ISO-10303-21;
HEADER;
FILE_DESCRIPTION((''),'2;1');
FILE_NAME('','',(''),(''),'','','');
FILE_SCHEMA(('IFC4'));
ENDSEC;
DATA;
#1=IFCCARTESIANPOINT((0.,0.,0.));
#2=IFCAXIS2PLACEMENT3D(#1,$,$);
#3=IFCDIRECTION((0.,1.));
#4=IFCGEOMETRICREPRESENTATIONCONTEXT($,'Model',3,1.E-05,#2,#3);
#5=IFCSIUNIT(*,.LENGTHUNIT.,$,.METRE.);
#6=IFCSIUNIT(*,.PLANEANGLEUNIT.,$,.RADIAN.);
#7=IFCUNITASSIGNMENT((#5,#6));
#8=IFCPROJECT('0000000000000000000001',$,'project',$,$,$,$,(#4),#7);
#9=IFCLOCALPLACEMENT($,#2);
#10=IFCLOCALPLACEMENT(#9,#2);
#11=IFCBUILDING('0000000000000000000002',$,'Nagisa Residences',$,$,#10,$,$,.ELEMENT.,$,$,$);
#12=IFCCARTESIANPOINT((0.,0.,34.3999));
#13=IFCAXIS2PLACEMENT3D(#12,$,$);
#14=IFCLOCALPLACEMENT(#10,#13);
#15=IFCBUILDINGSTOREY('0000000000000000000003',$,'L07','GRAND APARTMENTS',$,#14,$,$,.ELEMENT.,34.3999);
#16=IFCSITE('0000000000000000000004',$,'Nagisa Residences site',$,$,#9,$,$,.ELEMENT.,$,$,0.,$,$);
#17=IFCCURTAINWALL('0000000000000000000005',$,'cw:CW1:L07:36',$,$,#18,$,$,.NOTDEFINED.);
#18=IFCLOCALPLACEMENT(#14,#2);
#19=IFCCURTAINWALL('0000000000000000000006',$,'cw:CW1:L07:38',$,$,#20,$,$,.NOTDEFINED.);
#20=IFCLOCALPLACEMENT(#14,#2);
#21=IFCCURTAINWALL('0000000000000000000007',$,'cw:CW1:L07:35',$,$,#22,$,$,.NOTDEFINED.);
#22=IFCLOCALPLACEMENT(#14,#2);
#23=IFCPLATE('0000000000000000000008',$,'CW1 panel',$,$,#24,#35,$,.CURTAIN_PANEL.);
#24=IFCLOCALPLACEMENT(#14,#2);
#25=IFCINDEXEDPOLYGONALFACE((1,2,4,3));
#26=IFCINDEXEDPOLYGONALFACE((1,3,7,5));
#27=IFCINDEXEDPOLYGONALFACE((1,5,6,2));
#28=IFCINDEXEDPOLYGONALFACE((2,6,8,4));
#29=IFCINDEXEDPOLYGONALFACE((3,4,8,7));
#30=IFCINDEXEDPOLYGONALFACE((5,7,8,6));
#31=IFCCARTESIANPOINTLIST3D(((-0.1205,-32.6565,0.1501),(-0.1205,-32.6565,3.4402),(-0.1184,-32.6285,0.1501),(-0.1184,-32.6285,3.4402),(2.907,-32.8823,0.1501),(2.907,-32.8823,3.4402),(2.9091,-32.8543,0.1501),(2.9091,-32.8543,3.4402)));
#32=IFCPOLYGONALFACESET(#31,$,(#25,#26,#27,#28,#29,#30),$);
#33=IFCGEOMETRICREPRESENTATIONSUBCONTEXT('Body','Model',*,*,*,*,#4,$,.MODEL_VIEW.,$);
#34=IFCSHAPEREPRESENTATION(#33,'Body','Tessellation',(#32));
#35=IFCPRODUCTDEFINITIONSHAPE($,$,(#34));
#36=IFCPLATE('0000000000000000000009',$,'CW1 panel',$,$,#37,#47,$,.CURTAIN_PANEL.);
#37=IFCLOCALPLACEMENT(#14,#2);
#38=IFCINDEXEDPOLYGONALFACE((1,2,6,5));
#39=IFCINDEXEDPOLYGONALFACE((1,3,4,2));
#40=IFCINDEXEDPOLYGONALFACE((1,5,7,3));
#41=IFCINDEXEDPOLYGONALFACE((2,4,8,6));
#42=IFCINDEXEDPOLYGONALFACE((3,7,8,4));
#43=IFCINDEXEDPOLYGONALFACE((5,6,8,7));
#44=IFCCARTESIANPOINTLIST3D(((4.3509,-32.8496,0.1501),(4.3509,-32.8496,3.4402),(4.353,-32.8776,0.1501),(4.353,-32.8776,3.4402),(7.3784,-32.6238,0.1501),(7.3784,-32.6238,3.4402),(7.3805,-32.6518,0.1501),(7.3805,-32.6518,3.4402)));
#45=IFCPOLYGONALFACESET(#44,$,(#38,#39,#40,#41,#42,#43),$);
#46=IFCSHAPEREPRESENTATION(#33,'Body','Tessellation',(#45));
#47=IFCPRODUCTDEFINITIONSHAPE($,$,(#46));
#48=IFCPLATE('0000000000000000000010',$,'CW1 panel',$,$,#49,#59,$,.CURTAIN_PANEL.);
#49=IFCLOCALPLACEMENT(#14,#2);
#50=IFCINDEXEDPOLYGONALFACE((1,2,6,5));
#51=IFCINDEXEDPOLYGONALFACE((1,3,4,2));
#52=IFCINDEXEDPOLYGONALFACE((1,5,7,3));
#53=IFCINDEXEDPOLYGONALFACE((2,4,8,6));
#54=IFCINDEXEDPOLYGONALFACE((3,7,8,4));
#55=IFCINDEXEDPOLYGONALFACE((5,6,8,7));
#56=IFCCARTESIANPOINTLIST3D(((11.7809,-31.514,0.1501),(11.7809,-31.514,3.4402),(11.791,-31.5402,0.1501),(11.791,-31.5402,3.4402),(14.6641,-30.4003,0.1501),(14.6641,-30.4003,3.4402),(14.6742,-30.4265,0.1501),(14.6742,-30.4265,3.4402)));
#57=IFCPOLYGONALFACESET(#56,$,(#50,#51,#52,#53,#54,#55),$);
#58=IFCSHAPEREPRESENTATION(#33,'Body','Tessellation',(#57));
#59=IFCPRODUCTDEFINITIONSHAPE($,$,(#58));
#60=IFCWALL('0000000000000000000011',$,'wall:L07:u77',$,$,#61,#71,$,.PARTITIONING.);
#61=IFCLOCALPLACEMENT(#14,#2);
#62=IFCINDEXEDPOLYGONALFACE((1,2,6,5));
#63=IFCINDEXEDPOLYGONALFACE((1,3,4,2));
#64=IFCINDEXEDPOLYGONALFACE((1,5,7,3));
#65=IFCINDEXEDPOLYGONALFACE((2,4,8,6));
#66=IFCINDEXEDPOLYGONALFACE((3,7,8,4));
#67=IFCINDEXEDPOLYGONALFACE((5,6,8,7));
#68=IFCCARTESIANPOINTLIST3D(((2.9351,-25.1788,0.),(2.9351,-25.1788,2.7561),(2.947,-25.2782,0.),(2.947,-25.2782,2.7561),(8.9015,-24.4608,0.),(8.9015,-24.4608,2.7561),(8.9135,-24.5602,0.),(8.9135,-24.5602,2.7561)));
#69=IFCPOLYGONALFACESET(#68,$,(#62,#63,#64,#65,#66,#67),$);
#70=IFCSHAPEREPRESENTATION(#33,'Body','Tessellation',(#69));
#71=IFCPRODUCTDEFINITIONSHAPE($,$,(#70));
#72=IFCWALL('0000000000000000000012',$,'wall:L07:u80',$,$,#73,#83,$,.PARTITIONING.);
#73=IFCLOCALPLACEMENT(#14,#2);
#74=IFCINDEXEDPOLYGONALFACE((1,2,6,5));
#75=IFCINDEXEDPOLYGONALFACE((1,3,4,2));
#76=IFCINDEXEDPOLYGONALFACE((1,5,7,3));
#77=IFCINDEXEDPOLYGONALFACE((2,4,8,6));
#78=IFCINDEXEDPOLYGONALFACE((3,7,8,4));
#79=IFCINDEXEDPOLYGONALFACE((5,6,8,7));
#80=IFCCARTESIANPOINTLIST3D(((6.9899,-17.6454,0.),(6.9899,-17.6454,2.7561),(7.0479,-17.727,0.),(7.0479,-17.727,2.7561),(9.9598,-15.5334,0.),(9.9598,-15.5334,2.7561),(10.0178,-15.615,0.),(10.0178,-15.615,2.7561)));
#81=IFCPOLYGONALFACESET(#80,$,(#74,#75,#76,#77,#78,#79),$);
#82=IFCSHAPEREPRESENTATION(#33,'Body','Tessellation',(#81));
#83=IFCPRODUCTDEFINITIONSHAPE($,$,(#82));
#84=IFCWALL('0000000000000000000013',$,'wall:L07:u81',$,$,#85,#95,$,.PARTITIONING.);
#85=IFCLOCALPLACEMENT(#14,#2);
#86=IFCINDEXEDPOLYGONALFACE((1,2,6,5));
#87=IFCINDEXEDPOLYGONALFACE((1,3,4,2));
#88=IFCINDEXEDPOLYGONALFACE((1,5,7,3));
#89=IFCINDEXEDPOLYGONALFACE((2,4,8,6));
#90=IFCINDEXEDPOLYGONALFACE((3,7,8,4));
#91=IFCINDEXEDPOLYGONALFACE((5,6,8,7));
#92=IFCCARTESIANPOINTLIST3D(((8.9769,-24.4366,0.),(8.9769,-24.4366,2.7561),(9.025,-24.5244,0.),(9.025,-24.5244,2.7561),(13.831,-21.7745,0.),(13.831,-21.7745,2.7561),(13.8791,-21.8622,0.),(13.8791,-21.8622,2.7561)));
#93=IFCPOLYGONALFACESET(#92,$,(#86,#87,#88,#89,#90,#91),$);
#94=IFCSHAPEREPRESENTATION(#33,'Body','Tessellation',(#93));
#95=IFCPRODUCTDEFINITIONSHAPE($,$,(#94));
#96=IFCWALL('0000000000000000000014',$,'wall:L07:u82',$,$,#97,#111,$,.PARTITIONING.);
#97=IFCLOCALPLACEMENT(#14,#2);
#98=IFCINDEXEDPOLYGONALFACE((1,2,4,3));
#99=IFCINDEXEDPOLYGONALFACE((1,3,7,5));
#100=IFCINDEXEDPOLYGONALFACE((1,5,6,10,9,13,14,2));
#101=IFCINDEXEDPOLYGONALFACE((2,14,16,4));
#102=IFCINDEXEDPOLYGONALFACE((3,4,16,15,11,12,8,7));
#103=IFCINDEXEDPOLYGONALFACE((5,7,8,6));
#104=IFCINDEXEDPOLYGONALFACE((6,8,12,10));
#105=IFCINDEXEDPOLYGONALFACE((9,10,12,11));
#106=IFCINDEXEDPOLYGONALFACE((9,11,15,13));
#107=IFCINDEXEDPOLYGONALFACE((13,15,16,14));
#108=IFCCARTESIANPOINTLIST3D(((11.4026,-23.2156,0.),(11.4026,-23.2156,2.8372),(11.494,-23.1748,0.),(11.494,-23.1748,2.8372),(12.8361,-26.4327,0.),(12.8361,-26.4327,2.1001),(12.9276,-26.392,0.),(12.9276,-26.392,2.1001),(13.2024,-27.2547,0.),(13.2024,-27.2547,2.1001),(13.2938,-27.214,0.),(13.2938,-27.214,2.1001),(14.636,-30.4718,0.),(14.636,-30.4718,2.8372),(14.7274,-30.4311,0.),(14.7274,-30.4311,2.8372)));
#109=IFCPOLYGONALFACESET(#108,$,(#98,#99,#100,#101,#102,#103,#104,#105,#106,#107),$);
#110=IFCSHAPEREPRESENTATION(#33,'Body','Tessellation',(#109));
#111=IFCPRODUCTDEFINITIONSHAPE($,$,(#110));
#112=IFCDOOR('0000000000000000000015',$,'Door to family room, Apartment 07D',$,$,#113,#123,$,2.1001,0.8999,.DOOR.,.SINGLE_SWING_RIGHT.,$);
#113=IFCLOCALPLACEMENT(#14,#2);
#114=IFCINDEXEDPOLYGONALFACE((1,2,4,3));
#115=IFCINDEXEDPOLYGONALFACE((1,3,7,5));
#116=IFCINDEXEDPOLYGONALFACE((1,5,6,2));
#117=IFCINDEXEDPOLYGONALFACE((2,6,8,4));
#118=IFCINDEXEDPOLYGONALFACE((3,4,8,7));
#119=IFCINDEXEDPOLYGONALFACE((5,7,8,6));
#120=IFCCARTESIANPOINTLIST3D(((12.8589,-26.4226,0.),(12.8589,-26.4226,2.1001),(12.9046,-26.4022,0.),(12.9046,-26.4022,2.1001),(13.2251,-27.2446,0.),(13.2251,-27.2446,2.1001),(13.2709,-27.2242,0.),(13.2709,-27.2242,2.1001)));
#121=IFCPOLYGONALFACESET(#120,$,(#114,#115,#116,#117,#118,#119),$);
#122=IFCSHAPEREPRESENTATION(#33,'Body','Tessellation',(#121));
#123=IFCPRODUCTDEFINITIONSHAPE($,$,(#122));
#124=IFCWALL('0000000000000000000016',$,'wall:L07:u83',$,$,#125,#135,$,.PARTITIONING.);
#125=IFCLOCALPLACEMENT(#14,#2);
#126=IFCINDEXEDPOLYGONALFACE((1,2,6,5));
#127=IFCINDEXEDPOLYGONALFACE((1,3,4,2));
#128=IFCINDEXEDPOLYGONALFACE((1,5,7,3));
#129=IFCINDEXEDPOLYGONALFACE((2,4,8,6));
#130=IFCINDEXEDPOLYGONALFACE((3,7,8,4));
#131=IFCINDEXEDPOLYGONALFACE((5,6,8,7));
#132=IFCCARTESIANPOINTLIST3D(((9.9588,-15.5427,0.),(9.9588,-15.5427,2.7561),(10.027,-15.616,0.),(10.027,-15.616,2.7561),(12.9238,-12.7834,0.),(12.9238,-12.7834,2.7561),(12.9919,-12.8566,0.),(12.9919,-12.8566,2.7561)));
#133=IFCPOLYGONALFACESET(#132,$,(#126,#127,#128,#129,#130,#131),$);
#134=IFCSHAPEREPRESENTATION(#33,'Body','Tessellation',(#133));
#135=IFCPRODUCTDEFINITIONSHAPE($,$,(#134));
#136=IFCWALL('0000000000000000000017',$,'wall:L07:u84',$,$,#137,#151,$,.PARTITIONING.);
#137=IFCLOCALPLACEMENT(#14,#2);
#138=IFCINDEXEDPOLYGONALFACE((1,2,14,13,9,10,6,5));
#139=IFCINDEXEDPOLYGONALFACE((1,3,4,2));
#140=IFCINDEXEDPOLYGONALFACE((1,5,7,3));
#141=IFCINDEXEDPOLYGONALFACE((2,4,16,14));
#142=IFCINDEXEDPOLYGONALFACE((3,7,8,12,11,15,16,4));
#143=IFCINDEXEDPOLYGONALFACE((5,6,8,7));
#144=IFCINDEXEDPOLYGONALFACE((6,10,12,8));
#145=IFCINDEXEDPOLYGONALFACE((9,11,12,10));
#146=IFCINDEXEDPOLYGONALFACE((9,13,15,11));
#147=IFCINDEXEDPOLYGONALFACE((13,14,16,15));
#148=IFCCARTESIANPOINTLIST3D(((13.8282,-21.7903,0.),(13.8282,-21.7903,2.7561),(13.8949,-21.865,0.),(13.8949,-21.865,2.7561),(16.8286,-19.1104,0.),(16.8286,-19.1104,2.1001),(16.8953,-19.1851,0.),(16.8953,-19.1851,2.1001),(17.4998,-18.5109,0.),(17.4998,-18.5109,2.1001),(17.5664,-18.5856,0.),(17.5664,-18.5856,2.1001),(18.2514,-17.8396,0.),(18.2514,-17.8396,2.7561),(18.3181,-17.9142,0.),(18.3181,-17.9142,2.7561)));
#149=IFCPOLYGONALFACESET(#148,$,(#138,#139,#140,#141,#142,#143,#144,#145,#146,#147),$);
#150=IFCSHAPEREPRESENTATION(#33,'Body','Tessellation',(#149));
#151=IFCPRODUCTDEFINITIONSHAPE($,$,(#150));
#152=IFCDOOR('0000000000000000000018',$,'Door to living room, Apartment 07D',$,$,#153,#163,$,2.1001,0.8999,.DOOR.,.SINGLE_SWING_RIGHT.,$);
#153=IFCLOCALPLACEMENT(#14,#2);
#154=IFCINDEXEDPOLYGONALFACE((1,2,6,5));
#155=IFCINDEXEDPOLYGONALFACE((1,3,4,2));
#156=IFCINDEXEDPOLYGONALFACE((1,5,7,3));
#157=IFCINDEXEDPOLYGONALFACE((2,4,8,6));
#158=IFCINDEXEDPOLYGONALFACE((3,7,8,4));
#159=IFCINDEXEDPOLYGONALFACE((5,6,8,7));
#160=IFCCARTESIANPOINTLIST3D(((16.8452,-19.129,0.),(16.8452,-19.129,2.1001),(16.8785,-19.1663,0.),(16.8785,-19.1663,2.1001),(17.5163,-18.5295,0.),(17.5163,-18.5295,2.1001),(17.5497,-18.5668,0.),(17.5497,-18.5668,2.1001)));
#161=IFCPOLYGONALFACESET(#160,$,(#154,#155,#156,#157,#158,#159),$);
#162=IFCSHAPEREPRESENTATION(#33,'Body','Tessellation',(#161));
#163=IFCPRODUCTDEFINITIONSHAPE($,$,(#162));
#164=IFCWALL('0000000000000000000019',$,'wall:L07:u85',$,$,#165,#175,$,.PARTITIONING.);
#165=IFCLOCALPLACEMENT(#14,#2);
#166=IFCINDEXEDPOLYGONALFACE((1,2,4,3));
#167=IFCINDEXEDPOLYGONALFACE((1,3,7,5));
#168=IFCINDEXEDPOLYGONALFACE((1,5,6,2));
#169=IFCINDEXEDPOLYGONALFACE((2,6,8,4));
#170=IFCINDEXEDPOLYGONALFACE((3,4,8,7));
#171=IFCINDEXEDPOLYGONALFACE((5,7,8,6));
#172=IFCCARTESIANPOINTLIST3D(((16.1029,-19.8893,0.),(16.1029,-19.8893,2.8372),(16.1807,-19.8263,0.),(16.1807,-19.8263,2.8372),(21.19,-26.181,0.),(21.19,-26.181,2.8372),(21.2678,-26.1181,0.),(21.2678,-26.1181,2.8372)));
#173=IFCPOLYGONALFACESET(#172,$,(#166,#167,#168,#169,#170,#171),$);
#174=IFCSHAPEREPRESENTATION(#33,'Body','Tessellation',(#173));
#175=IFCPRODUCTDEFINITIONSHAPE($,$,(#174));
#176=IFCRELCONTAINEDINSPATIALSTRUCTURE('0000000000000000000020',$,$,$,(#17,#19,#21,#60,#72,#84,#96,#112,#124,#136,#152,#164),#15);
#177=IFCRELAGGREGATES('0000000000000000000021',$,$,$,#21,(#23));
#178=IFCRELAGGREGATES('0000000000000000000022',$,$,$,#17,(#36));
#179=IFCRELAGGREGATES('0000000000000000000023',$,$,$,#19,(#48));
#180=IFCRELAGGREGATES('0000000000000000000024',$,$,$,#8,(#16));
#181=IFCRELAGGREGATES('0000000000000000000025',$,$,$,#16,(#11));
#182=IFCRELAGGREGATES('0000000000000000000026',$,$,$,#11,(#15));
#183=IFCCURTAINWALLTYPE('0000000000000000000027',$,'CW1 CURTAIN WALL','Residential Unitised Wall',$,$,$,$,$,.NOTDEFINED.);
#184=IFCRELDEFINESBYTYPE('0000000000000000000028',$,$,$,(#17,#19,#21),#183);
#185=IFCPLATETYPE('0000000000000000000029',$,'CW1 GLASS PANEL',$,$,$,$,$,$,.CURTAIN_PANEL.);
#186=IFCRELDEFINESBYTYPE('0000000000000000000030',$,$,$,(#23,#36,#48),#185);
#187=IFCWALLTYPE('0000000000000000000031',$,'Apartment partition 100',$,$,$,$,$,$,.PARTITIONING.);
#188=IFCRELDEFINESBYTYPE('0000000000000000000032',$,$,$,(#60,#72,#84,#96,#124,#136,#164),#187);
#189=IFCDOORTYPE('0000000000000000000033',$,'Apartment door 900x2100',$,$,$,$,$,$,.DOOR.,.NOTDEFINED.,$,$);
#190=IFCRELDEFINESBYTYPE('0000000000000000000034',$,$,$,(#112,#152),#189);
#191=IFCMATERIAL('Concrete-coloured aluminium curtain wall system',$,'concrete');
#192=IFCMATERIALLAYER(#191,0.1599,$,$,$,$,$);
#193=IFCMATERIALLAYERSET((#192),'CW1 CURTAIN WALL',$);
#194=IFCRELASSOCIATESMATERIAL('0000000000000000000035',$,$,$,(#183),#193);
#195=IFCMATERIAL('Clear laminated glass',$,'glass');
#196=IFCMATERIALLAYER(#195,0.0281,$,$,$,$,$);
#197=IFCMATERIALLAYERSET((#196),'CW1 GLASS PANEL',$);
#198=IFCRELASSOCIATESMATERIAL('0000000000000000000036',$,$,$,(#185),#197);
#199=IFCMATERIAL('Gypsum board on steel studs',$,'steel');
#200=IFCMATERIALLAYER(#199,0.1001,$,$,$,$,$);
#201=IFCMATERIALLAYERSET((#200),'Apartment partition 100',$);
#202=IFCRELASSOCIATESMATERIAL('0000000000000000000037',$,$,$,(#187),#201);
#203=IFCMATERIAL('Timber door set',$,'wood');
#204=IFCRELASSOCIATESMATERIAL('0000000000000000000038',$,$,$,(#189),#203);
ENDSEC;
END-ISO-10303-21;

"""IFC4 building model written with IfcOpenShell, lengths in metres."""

from ifc_helpers import new_model, si_unit, direction, frame, frame_2d, origin, origin_2d, place, context, subcontext, project, spatial, rectangle, extrude, material, layer, layer_set, type_object, element, fill, aggregate, save


model = new_model("IFC4")

# Units and contexts
model_context = context("Model", 3, precision=1e-05, world=origin(), true_north=direction((0.0, 1.0)))
body_context = subcontext(model_context, "Body", "Model", "MODEL_VIEW")
ifc_project = project(units=[si_unit("LENGTHUNIT", "METRE"), si_unit("PLANEANGLEUNIT", "RADIAN")], contexts=[model_context])

# Site, building, storey
site_placement = place(None, origin())
site = spatial("IfcSite", under=ifc_project, at=site_placement, Name="Nagisa Residences site", CompositionType="ELEMENT", RefElevation=0.0)
building_placement = place(site_placement, origin())
building = spatial("IfcBuilding", under=site, at=building_placement, Name="Nagisa Residences", CompositionType="ELEMENT")
storey_placement = place(building_placement, frame((0.0, 0.0, 34.3999)))
storey = spatial("IfcBuildingStorey", under=building, at=storey_placement, Name="L07", Description="GRAND APARTMENTS", CompositionType="ELEMENT", Elevation=34.3999)

# Curtain walls
ifc_material_1 = material(Name="Concrete-coloured aluminium curtain wall system", Category="concrete")
ifc_layer_1 = layer(ifc_material_1, 0.1599)
ifc_layer_set_1 = layer_set([ifc_layer_1], Name="CW1 CURTAIN WALL")
curtain_wall_type = type_object("IfcCurtainWallType", Name="CW1 CURTAIN WALL", Description="Residential Unitised Wall", PredefinedType="NOTDEFINED", material=ifc_layer_set_1)
curtain_wall_1_placement = place(storey_placement, origin())
curtain_wall_1 = element("IfcCurtainWall", 1, at=curtain_wall_1_placement, inside=storey, type_object=curtain_wall_type, Name="cw:CW1:L07:36", PredefinedType="NOTDEFINED")
curtain_wall_2_placement = place(storey_placement, origin())
curtain_wall_2 = element("IfcCurtainWall", 2, at=curtain_wall_2_placement, inside=storey, type_object=curtain_wall_type, Name="cw:CW1:L07:38", PredefinedType="NOTDEFINED")

# Curtain wall, plate
curtain_wall_3_placement = place(storey_placement, origin())
curtain_wall_3 = element("IfcCurtainWall", 3, at=curtain_wall_3_placement, inside=storey, type_object=curtain_wall_type, Name="cw:CW1:L07:35", PredefinedType="NOTDEFINED")
ifc_material_2 = material(Name="Clear laminated glass", Category="glass")
ifc_layer_2 = layer(ifc_material_2, 0.0281)
ifc_layer_set_2 = layer_set([ifc_layer_2], Name="CW1 GLASS PANEL")
plate_type = type_object("IfcPlateType", Name="CW1 GLASS PANEL", PredefinedType="CURTAIN_PANEL", material=ifc_layer_set_2)
plate_1_placement = place(storey_placement, frame((1.3943, -32.7554, 0.1501), z_axis=(0.0, 0.0, 1.0), x_axis=(0.99723, -0.074377, 0.0)))
plate_1 = element("IfcPlate", 4, at=plate_1_placement, type_object=plate_type, Name="CW1 panel", PredefinedType="CURTAIN_PANEL", context=body_context, shape_type="SweptSolid", body=[
    extrude(rectangle(XDim=3.0359, YDim=0.0281, at=origin_2d()), origin(), (0.0, 0.0, 1.0), 3.29),
])
aggregate(curtain_wall_3, [plate_1])

# Plates
plate_2_placement = place(storey_placement, frame((5.8657, -32.7507, 0.1501), z_axis=(0.0, 0.0, 1.0), x_axis=(0.99723, 0.074377, 0.0)))
plate_2 = element("IfcPlate", 5, at=plate_2_placement, type_object=plate_type, Name="CW1 panel", PredefinedType="CURTAIN_PANEL", context=body_context, shape_type="SweptSolid", body=[
    extrude(rectangle(XDim=3.0359, YDim=0.0281, at=origin_2d()), origin(), (0.0, 0.0, 1.0), 3.29),
])
aggregate(curtain_wall_1, [plate_2])
plate_3_placement = place(storey_placement, frame((13.2275, -30.9702, 0.1501), z_axis=(0.0, 0.0, 1.0), x_axis=(0.932826, 0.360328, 0.0)))
plate_3 = element("IfcPlate", 6, at=plate_3_placement, type_object=plate_type, Name="CW1 panel", PredefinedType="CURTAIN_PANEL", context=body_context, shape_type="SweptSolid", body=[
    extrude(rectangle(XDim=3.0908, YDim=0.0281, at=origin_2d()), origin(), (0.0, 0.0, 1.0), 3.29),
])
aggregate(curtain_wall_2, [plate_3])

# Walls
ifc_material_3 = material(Name="Gypsum board on steel studs", Category="steel")
ifc_layer_3 = layer(ifc_material_3, 0.1001)
ifc_layer_set_3 = layer_set([ifc_layer_3], Name="Apartment partition 100")
wall_type_1 = type_object("IfcWallType", Name="Apartment partition 100", PredefinedType="PARTITIONING", material=ifc_layer_set_3)
wall_1_placement = place(storey_placement, frame((2.9409, -25.2285, 0.0), z_axis=(0.0, 0.0, 1.0), x_axis=(0.992837, 0.119478, 0.0)))
element("IfcWall", 7, at=wall_1_placement, inside=storey, type_object=wall_type_1, Name="wall:L07:u77", PredefinedType="PARTITIONING", context=body_context, shape_type="SweptSolid", body=[
    extrude(rectangle(XDim=6.0095, YDim=0.1001, at=frame_2d((3.0049, 0.0))), origin(), (0.0, 0.0, 1.0), 2.7561),
])
wall_2_placement = place(storey_placement, frame((7.0188, -17.6863, 0.0), z_axis=(0.0, 0.0, 1.0), x_axis=(0.814945, 0.579539, 0.0)))
element("IfcWall", 8, at=wall_2_placement, inside=storey, type_object=wall_type_1, Name="wall:L07:u80", PredefinedType="PARTITIONING", context=body_context, shape_type="SweptSolid", body=[
    extrude(rectangle(XDim=3.6443, YDim=0.1001, at=frame_2d((1.8223, 0.0))), origin(), (0.0, 0.0, 1.0), 2.7561),
])
wall_3_placement = place(storey_placement, frame((9.001, -24.4805, 0.0), z_axis=(0.0, 0.0, 1.0), x_axis=(0.876794, 0.480865, 0.0)))
element("IfcWall", 9, at=wall_3_placement, inside=storey, type_object=wall_type_1, Name="wall:L07:u81", PredefinedType="PARTITIONING", context=body_context, shape_type="SweptSolid", body=[
    extrude(rectangle(XDim=5.5361, YDim=0.1001, at=frame_2d((2.7681, 0.0))), origin(), (0.0, 0.0, 1.0), 2.7561),
])

# Wall, opening, door
wall_4_placement = place(storey_placement, frame((11.4482, -23.1951, 0.0), z_axis=(0.0, 0.0, 1.0), x_axis=(0.407017, -0.913421, 0.0)))
wall_4 = element("IfcWall", 10, at=wall_4_placement, inside=storey, type_object=wall_type_1, Name="wall:L07:u82", PredefinedType="PARTITIONING", context=body_context, shape_type="SweptSolid", body=[
    extrude(rectangle(XDim=7.9441, YDim=0.1001, at=frame_2d((3.9722, 0.0))), origin(), (0.0, 0.0, 1.0), 2.8372),
])
opening_1_placement = place(wall_4_placement, frame((3.5222, 0.0, 0.0)))
opening_1 = element("IfcOpeningElement", 11, at=opening_1_placement, cuts=wall_4, PredefinedType="OPENING", context=body_context, shape_type="SweptSolid", body=[
    extrude(rectangle(XDim=0.8999, YDim=2.1001, at=frame_2d((0.45, 1.05))), frame((0.0, 0.0601, 0.0), z_axis=(0.0, -1.0, 0.0), x_axis=(1.0, 0.0, 0.0)), (0.0, 0.0, 1.0), 0.1201),
])
ifc_material_4 = material(Name="Timber door set", Category="wood")
door_type_1 = type_object("IfcDoorType", Name="Apartment door 900x2100", OperationType="NOTDEFINED", PredefinedType="DOOR", material=ifc_material_4)
door_1_placement = place(opening_1_placement, origin())
door_1 = element("IfcDoor", 12, at=door_1_placement, inside=storey, type_object=door_type_1, Name="Door to family room, Apartment 07D", OperationType="SINGLE_SWING_RIGHT", OverallHeight=2.1001, OverallWidth=0.8999, PredefinedType="DOOR", context=body_context, shape_type="SweptSolid", body=[
    extrude(rectangle(XDim=0.8999, YDim=2.1001, at=frame_2d((0.45, 1.05))), frame((0.0, 0.0249, 0.0), z_axis=(0.0, -1.0, 0.0), x_axis=(1.0, 0.0, 0.0)), (0.0, 0.0, 1.0), 0.05),
])
fill(opening_1, door_1)

# Wall
wall_5_placement = place(storey_placement, frame((9.9929, -15.5793, 0.0), z_axis=(0.0, 0.0, 1.0), x_axis=(0.732029, 0.681274, 0.0)))
element("IfcWall", 13, at=wall_5_placement, inside=storey, type_object=wall_type_1, Name="wall:L07:u83", PredefinedType="PARTITIONING", context=body_context, shape_type="SweptSolid", body=[
    extrude(rectangle(XDim=4.0503, YDim=0.1001, at=frame_2d((2.0251, 0.0))), origin(), (0.0, 0.0, 1.0), 2.7561),
])

# Wall, opening, door
wall_6_placement = place(storey_placement, frame((13.8616, -21.8276, 0.0), z_axis=(0.0, 0.0, 1.0), x_axis=(0.745813, 0.666156, 0.0)))
wall_6 = element("IfcWall", 14, at=wall_6_placement, inside=storey, type_object=wall_type_1, Name="wall:L07:u84", PredefinedType="PARTITIONING", context=body_context, shape_type="SweptSolid", body=[
    extrude(rectangle(XDim=5.9307, YDim=0.1001, at=frame_2d((2.9653, 0.0))), origin(), (0.0, 0.0, 1.0), 2.7561),
])
opening_2_placement = place(wall_6_placement, frame((4.0229, 0.0, 0.0)))
opening_2 = element("IfcOpeningElement", 15, at=opening_2_placement, cuts=wall_6, PredefinedType="OPENING", context=body_context, shape_type="SweptSolid", body=[
    extrude(rectangle(XDim=0.8999, YDim=2.1001, at=frame_2d((0.45, 1.05))), frame((0.0, 0.0601, 0.0), z_axis=(0.0, -1.0, 0.0), x_axis=(1.0, 0.0, 0.0)), (0.0, 0.0, 1.0), 0.1201),
])
door_2_placement = place(opening_2_placement, frame((0.8999, 0.0, 0.0), x_axis=(-1.0, 0.0, 0.0)))
door_2 = element("IfcDoor", 16, at=door_2_placement, inside=storey, type_object=door_type_1, Name="Door to living room, Apartment 07D", OperationType="SINGLE_SWING_RIGHT", OverallHeight=2.1001, OverallWidth=0.8999, PredefinedType="DOOR", context=body_context, shape_type="SweptSolid", body=[
    extrude(rectangle(XDim=0.8999, YDim=2.1001, at=frame_2d((0.45, 1.05))), frame((0.0, 0.0249, 0.0), z_axis=(0.0, -1.0, 0.0), x_axis=(1.0, 0.0, 0.0)), (0.0, 0.0, 1.0), 0.05),
])
fill(opening_2, door_2)

# Wall
wall_7_placement = place(storey_placement, frame((16.1418, -19.8579, 0.0), z_axis=(0.0, 0.0, 1.0), x_axis=(0.628738, -0.777617, 0.0)))
element("IfcWall", 17, at=wall_7_placement, inside=storey, type_object=wall_type_1, Name="wall:L07:u85", PredefinedType="PARTITIONING", context=body_context, shape_type="SweptSolid", body=[
    extrude(rectangle(XDim=8.0911, YDim=0.1001, at=frame_2d((4.0454, 0.0))), origin(), (0.0, 0.0, 1.0), 2.8372),
])

save(model, "model.ifc")
